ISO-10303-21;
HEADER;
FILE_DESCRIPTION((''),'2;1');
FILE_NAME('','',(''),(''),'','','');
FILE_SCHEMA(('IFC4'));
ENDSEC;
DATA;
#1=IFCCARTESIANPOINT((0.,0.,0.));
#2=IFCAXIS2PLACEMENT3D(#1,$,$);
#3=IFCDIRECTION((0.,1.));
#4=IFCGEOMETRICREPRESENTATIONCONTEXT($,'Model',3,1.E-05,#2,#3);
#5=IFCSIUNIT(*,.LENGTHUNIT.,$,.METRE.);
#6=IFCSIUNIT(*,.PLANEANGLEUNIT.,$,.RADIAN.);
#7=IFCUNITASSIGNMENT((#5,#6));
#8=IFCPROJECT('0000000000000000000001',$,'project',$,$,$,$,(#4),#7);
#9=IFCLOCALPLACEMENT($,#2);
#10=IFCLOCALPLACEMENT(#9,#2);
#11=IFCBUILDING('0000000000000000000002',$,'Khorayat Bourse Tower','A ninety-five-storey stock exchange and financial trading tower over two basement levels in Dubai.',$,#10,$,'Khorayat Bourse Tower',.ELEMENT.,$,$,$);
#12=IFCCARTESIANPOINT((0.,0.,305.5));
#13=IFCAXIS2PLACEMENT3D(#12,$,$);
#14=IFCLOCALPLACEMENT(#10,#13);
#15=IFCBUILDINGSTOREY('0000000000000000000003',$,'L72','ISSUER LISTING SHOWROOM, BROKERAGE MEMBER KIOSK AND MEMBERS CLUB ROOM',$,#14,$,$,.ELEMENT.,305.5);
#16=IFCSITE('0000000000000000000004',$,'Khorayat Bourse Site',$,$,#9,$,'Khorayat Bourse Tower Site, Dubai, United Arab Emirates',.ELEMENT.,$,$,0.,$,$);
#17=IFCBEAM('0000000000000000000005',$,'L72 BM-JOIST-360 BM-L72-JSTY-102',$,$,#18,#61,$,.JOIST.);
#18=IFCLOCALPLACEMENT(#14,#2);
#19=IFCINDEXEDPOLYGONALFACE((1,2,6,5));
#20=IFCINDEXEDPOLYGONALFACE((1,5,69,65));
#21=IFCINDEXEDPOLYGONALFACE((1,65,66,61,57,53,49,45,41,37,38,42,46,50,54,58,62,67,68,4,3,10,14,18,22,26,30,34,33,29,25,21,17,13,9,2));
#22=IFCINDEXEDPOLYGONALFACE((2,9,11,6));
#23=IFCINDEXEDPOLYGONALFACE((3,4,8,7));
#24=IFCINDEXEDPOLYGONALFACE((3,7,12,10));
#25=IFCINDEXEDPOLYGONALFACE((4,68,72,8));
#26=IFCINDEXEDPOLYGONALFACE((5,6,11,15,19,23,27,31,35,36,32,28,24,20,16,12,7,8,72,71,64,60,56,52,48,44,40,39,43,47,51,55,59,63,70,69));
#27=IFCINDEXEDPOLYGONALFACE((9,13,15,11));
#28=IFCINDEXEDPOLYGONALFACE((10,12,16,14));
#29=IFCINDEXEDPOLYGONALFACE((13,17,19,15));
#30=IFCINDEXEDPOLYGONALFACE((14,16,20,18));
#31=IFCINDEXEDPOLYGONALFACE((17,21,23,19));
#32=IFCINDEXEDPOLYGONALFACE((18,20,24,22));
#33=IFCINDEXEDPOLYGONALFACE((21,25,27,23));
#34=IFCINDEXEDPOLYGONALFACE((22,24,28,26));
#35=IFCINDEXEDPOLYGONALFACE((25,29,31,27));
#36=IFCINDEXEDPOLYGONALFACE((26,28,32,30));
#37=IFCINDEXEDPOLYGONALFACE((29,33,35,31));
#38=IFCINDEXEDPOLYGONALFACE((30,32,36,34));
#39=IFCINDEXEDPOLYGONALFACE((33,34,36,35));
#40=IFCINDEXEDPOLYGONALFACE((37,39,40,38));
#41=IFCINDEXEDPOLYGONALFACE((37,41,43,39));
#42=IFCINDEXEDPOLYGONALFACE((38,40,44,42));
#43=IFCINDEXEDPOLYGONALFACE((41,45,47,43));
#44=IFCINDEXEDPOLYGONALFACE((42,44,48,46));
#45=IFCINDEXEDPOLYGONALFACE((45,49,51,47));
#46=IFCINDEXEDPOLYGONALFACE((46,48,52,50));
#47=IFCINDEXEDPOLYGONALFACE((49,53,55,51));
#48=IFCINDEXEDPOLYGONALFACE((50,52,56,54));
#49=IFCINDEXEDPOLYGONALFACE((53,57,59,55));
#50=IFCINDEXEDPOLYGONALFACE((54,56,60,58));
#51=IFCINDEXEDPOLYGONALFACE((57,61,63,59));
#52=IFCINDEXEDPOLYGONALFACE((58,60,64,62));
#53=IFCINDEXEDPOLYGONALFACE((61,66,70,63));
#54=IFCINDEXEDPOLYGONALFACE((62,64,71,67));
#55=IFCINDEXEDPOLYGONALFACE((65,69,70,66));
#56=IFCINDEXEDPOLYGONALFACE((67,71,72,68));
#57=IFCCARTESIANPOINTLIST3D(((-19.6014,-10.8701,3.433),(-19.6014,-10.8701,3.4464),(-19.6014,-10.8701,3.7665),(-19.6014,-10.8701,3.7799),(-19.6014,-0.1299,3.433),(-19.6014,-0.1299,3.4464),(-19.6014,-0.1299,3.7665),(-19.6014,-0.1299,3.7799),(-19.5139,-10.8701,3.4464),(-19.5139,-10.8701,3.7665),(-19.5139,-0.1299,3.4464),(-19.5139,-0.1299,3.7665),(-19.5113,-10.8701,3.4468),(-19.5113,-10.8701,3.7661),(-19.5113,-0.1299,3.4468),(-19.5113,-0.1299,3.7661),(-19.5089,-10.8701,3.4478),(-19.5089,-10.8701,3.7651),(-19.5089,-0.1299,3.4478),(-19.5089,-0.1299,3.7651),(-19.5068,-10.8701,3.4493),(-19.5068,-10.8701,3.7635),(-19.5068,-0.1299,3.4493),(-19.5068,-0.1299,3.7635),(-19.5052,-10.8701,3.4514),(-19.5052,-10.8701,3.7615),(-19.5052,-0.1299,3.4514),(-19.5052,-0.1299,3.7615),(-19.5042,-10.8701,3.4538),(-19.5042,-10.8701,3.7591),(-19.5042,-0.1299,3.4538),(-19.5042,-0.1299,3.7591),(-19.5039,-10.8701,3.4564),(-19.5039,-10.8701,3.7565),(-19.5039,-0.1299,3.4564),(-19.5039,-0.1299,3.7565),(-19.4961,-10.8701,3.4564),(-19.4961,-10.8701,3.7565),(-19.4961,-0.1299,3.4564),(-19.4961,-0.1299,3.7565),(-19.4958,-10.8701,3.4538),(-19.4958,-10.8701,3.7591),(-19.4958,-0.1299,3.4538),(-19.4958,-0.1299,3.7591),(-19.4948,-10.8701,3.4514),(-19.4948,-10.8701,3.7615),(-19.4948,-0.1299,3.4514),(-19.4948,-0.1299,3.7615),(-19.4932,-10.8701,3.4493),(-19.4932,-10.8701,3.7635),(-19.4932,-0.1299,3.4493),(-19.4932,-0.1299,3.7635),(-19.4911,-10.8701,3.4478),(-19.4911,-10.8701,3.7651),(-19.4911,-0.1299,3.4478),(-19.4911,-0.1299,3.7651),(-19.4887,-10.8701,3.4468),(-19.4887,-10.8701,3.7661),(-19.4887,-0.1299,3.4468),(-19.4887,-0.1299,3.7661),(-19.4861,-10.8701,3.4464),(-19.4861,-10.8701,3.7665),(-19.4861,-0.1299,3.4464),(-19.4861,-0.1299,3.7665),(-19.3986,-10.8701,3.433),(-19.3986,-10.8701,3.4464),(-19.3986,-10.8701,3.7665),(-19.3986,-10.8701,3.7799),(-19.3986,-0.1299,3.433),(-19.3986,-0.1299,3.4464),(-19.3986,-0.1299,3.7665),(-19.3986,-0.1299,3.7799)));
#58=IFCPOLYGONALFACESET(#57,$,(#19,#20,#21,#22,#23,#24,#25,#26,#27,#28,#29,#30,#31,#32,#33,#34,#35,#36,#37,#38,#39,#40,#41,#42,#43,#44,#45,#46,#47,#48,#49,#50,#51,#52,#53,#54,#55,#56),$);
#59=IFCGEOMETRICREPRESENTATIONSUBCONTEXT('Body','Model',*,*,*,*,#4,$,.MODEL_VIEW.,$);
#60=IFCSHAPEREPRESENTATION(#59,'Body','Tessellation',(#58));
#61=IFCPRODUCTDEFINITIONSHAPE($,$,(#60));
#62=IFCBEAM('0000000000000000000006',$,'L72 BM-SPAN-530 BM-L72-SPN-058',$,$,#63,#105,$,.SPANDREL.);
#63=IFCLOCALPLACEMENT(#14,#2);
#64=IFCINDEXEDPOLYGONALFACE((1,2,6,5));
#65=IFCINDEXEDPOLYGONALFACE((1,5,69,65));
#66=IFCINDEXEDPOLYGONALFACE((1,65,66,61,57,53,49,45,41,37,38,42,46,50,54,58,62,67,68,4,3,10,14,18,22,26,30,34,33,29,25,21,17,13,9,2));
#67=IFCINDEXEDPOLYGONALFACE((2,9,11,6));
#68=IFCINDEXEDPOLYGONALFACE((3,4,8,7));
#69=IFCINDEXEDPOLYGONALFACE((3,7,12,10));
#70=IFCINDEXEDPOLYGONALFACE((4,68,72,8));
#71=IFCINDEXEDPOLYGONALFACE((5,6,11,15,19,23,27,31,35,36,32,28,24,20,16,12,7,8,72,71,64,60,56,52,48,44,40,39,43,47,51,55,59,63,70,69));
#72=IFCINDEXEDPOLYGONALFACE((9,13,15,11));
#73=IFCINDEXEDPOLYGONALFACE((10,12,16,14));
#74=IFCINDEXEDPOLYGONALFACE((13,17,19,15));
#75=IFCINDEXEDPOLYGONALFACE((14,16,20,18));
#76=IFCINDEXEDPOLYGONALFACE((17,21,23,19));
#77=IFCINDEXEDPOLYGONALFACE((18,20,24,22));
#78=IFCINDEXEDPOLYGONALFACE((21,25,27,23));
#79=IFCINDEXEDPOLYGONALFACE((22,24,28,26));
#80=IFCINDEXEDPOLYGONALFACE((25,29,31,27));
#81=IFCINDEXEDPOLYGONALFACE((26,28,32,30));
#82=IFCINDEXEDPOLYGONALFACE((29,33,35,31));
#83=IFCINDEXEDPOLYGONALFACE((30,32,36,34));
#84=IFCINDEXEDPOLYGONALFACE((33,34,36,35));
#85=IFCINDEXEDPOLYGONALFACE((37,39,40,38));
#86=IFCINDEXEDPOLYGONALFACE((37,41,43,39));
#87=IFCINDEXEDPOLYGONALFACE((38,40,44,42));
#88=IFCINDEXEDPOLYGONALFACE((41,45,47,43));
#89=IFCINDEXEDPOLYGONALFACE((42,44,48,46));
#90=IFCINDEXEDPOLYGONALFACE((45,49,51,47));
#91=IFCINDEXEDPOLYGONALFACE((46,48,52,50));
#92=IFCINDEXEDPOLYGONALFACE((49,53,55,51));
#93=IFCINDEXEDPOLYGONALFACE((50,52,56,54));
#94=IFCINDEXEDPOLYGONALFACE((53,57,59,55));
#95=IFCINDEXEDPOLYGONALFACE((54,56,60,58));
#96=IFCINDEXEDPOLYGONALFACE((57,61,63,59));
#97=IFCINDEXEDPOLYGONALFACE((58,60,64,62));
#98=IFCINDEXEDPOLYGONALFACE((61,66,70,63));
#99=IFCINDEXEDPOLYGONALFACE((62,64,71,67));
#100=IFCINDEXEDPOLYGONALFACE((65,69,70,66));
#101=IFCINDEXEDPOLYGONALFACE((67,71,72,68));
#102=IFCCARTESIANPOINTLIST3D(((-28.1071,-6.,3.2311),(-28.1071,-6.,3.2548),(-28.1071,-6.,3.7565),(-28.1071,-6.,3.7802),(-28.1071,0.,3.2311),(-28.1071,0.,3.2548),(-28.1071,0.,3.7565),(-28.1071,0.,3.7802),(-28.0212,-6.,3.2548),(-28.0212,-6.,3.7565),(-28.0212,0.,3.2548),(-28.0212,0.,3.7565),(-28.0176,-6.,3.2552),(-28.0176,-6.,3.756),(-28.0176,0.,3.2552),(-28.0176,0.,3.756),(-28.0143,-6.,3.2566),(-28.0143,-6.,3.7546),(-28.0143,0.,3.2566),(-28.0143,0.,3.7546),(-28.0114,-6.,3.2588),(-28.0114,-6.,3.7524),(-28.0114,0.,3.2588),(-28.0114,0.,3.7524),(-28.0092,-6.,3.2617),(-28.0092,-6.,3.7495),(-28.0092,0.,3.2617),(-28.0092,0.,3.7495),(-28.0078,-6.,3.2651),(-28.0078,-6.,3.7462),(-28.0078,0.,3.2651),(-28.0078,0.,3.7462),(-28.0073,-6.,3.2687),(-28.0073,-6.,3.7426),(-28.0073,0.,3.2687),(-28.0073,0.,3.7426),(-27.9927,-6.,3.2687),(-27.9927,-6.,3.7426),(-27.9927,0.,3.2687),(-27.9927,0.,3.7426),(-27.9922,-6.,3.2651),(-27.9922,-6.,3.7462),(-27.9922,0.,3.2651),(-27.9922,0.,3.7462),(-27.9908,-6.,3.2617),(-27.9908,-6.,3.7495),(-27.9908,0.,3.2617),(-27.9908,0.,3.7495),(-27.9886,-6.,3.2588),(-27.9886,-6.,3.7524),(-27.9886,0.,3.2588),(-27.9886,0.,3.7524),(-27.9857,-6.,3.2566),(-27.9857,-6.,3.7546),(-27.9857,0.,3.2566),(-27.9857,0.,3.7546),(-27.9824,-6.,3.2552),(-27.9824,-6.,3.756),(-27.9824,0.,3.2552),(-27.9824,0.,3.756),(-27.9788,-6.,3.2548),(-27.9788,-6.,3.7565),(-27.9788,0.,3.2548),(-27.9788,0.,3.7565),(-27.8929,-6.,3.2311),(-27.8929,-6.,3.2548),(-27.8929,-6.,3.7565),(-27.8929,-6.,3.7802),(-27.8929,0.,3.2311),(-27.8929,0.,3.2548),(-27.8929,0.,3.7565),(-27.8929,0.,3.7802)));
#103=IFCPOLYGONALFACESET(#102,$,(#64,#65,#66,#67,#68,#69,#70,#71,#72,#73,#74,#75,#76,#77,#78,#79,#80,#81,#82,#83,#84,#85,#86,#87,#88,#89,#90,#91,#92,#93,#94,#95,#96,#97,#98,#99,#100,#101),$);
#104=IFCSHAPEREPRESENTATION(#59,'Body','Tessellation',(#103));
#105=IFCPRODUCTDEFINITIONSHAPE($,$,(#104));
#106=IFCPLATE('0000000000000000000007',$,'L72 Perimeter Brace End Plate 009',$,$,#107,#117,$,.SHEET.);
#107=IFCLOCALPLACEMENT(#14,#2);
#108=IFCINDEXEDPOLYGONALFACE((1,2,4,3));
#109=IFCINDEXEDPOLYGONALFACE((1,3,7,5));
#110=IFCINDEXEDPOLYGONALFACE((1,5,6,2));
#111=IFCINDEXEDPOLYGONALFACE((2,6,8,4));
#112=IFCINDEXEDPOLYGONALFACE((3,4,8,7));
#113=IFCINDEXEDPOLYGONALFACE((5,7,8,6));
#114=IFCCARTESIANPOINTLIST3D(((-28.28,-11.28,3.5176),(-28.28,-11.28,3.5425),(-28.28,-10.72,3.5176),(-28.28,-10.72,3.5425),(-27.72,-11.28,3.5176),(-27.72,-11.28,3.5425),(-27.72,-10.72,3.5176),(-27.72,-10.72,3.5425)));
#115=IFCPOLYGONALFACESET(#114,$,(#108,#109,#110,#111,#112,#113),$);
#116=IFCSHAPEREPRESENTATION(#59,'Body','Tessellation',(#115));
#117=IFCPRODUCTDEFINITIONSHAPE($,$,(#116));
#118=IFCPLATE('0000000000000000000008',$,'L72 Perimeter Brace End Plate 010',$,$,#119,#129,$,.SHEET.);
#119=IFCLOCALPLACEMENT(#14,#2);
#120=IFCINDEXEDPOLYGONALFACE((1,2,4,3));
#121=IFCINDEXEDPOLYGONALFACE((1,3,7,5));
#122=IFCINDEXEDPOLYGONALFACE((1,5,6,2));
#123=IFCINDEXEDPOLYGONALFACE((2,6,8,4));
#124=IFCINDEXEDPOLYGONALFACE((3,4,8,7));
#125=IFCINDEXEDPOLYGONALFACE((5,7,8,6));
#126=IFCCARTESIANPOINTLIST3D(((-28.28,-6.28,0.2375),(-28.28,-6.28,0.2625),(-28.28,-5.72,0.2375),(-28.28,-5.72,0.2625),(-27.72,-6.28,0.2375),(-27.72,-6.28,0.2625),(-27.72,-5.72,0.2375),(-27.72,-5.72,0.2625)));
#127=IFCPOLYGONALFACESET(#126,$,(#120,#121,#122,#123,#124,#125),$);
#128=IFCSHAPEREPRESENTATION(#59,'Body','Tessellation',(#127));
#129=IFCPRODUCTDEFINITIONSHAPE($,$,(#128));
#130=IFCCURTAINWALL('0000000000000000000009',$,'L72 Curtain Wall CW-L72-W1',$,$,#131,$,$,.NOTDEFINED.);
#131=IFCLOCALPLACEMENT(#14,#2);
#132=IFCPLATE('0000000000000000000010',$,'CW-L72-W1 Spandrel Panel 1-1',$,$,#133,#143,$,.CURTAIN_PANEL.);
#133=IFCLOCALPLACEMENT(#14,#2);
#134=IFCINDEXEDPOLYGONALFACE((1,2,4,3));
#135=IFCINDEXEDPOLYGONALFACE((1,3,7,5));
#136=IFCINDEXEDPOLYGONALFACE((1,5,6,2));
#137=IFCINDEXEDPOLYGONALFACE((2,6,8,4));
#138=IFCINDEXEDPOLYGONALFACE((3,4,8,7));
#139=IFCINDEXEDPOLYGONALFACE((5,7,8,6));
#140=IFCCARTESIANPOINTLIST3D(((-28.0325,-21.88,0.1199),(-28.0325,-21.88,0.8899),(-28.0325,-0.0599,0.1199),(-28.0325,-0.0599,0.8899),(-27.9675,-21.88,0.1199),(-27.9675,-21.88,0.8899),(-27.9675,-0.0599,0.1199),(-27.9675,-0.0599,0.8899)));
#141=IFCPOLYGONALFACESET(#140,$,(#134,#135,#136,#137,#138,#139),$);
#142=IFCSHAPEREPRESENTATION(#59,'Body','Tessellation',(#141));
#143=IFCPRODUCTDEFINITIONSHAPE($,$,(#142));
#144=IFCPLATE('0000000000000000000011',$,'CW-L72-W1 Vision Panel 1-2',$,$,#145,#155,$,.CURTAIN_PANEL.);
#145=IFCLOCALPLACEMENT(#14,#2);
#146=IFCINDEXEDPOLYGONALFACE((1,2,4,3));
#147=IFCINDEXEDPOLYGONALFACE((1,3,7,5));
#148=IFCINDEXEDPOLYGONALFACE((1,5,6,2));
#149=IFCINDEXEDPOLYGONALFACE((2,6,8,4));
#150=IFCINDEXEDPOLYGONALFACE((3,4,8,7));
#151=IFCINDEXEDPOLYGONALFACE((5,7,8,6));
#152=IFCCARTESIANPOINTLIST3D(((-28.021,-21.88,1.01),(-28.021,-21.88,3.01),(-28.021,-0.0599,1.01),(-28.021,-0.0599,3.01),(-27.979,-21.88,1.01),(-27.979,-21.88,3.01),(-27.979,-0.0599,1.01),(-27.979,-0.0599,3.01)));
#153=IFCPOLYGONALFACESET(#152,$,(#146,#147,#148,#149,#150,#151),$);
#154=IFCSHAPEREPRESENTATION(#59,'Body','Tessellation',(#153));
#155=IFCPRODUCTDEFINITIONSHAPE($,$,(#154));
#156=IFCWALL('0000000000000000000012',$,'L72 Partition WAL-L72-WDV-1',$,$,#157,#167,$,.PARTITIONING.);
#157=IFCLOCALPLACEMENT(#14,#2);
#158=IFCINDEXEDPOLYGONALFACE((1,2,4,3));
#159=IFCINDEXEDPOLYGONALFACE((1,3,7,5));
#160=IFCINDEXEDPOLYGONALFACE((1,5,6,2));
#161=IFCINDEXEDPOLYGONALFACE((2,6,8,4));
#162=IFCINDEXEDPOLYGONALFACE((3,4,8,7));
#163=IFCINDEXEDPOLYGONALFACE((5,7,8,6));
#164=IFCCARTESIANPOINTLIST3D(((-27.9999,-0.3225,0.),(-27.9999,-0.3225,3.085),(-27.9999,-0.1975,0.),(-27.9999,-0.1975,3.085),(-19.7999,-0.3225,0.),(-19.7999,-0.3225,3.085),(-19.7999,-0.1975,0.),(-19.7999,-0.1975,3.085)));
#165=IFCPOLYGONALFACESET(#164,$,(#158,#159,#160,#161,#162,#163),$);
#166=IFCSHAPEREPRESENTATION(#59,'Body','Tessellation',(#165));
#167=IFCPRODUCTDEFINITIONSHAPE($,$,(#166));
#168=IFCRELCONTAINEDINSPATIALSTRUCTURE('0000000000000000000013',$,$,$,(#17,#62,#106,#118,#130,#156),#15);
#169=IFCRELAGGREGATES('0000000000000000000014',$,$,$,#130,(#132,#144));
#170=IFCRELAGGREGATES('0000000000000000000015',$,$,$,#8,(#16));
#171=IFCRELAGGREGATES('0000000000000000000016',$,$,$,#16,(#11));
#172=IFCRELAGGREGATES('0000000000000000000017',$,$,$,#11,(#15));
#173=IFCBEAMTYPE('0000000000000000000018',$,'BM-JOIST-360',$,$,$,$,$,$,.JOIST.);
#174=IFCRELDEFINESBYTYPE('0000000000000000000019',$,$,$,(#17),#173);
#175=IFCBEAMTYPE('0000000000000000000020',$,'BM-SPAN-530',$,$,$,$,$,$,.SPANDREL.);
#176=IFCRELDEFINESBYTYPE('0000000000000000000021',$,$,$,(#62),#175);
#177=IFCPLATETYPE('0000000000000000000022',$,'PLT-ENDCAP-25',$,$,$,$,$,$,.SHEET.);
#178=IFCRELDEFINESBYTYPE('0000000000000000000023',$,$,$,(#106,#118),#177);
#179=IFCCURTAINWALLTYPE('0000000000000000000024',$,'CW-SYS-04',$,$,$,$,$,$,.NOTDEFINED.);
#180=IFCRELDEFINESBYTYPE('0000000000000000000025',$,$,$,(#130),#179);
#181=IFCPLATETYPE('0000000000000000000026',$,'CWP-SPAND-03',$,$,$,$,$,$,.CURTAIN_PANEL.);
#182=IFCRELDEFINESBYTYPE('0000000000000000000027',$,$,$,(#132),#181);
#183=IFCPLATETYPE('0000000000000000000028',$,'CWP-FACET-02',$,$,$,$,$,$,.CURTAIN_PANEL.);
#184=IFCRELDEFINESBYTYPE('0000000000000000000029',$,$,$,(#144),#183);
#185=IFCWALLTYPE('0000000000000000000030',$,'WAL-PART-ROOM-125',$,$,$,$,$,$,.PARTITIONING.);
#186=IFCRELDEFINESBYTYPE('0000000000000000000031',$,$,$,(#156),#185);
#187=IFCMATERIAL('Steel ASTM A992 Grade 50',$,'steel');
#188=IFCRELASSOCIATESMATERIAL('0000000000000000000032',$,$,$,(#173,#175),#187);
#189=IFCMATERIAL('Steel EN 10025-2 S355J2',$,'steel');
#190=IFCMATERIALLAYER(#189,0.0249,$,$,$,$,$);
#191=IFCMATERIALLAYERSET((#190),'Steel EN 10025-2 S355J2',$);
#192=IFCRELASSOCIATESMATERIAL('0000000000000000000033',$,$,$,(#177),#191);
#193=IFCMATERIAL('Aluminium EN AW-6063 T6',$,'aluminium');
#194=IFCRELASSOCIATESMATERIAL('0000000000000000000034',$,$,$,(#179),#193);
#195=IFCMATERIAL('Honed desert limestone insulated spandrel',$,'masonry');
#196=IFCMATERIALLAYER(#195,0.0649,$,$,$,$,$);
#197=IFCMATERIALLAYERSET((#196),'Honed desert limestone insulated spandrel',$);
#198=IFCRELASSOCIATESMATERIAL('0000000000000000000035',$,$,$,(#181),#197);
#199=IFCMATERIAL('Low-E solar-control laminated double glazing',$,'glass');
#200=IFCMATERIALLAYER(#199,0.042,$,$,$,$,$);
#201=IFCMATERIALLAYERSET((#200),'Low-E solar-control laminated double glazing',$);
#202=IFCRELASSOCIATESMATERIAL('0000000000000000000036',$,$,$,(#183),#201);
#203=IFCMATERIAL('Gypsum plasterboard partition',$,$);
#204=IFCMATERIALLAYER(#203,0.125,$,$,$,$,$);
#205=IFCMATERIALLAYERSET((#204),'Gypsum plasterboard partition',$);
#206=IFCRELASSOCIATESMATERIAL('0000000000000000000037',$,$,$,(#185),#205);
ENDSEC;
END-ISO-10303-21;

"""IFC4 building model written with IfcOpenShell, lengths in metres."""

from ifc_helpers import new_model, si_unit, direction, frame, frame_2d, origin, origin_2d, place, context, subcontext, project, spatial, rectangle, i_section, extrude, source, transform, mapped, material, layer, layer_set, material_profile, profile_set, type_object, element, aggregate, save


model = new_model("IFC4")

# Units and contexts
model_context = context("Model", 3, precision=1e-05, world=origin(), true_north=direction((0.0, 1.0)))
body_context = subcontext(model_context, "Body", "Model", "MODEL_VIEW")
ifc_project = project(units=[si_unit("LENGTHUNIT", "METRE"), si_unit("PLANEANGLEUNIT", "RADIAN")], contexts=[model_context])

# Site, building, storey
site_placement = place(None, origin())
site = spatial("IfcSite", under=ifc_project, at=site_placement, Name="Khorayat Bourse Site", LongName="Khorayat Bourse Tower Site, Dubai, United Arab Emirates", CompositionType="ELEMENT", RefElevation=0.0)
building_placement = place(site_placement, origin())
building = spatial("IfcBuilding", under=site, at=building_placement, Name="Khorayat Bourse Tower", Description="A ninety-five-storey stock exchange and financial trading tower over two basement levels in Dubai.", LongName="Khorayat Bourse Tower", CompositionType="ELEMENT")
storey_placement = place(building_placement, frame((0.0, 0.0, 305.5)))
storey = spatial("IfcBuildingStorey", under=building, at=storey_placement, Name="L72", Description="ISSUER LISTING SHOWROOM, BROKERAGE MEMBER KIOSK AND MEMBERS CLUB ROOM", CompositionType="ELEMENT", Elevation=305.5)

# Beams
ifc_material_1 = material(Name="Steel ASTM A992 Grade 50", Category="steel")
ifc_material_profile_1 = material_profile(ifc_material_1, i_section(OverallWidth=0.2029, OverallDepth=0.3469, WebThickness=0.0078, FlangeThickness=0.0134, FilletRadius=0.01, at=origin_2d()), Name="W360X64")
ifc_profile_set_1 = profile_set([ifc_material_profile_1], Name="Steel ASTM A992 Grade 50")
beam_type_1 = type_object("IfcBeamType", Name="BM-JOIST-360", PredefinedType="JOIST", material=ifc_profile_set_1)
shared_shape_1 = source(origin(), body_context, "Body", "SweptSolid", [
    extrude(i_section(OverallWidth=0.2029, OverallDepth=0.3469, WebThickness=0.0078, FlangeThickness=0.0134, FilletRadius=0.01, at=origin_2d()), origin(), (0.0, 0.0, 1.0), 10.7402),
])
beam_1_placement = place(storey_placement, frame((-19.5, -10.8701, 3.6064), z_axis=(0.0, 1.0, 0.0), x_axis=(-1.0, 0.0, 0.0)))
element("IfcBeam", 1, at=beam_1_placement, inside=storey, type_object=beam_type_1, Name="L72 BM-JOIST-360 BM-L72-JSTY-102", PredefinedType="JOIST", context=body_context, shape_type="MappedRepresentation", body=[
    mapped(shared_shape_1, transform((0.0, 0.0, 0.0), scale=1.0)),
])
ifc_material_profile_2 = material_profile(ifc_material_1, i_section(OverallWidth=0.2141, OverallDepth=0.5491, WebThickness=0.0146, FlangeThickness=0.0237, FilletRadius=0.0139, at=origin_2d()), Name="W530X138")
ifc_profile_set_2 = profile_set([ifc_material_profile_2], Name="Steel ASTM A992 Grade 50")
beam_type_2 = type_object("IfcBeamType", Name="BM-SPAN-530", PredefinedType="SPANDREL", material=ifc_profile_set_2)
shared_shape_2 = source(origin(), body_context, "Body", "SweptSolid", [
    extrude(i_section(OverallWidth=0.2141, OverallDepth=0.5491, WebThickness=0.0146, FlangeThickness=0.0237, FilletRadius=0.0139, at=origin_2d()), origin(), (0.0, 0.0, 1.0), 6.0),
])
beam_2_placement = place(storey_placement, frame((-28.0, -6.0, 3.5056), z_axis=(0.0, 1.0, 0.0), x_axis=(-1.0, 0.0, 0.0)))
element("IfcBeam", 2, at=beam_2_placement, inside=storey, type_object=beam_type_2, Name="L72 BM-SPAN-530 BM-L72-SPN-058", PredefinedType="SPANDREL", context=body_context, shape_type="MappedRepresentation", body=[
    mapped(shared_shape_2, transform((0.0, 0.0, 0.0), scale=1.0)),
])

# Plates
ifc_material_2 = material(Name="Steel EN 10025-2 S355J2", Category="steel")
ifc_layer_1 = layer(ifc_material_2, 0.0249)
ifc_layer_set_1 = layer_set([ifc_layer_1], Name="Steel EN 10025-2 S355J2")
plate_type_1 = type_object("IfcPlateType", Name="PLT-ENDCAP-25", PredefinedType="SHEET", material=ifc_layer_set_1)
shared_shape_3 = source(origin(), body_context, "Body", "SweptSolid", [
    extrude(rectangle(XDim=0.5601, YDim=0.5601, at=origin_2d()), origin(), (0.0, 0.0, 1.0), 0.0249),
])
for number, where, z_axis, x_axis, name in (
    (3, (-28.0, -11.0, 3.5176), (0.0, 0.0, 1.0), (1.0, 0.0, 0.0), "L72 Perimeter Brace End Plate 009"),
    (4, (-28.0, -6.0, 0.2375), (0.0, 0.0, 1.0), (1.0, 0.0, 0.0), "L72 Perimeter Brace End Plate 010"),
):
    element("IfcPlate", number, at=place(storey_placement, frame(where, z_axis=z_axis, x_axis=x_axis)), inside=storey, type_object=plate_type_1, Name=name, PredefinedType="SHEET", context=body_context, shape_type="MappedRepresentation", body=[
        mapped(shared_shape_3, transform((0.0, 0.0, 0.0), scale=1.0)),
    ])

# Curtain wall, plates
ifc_material_3 = material(Name="Aluminium EN AW-6063 T6", Category="aluminium")
curtain_wall_type = type_object("IfcCurtainWallType", Name="CW-SYS-04", PredefinedType="NOTDEFINED", material=ifc_material_3)
curtain_wall_placement = place(storey_placement, origin())
curtain_wall = element("IfcCurtainWall", 5, at=curtain_wall_placement, inside=storey, type_object=curtain_wall_type, Name="L72 Curtain Wall CW-L72-W1", PredefinedType="NOTDEFINED")
ifc_material_4 = material(Name="Honed desert limestone insulated spandrel", Category="masonry")
ifc_layer_2 = layer(ifc_material_4, 0.0649)
ifc_layer_set_2 = layer_set([ifc_layer_2], Name="Honed desert limestone insulated spandrel")
plate_type_2 = type_object("IfcPlateType", Name="CWP-SPAND-03", PredefinedType="CURTAIN_PANEL", material=ifc_layer_set_2)
shared_shape_4 = source(origin(), body_context, "Body", "SweptSolid", [
    extrude(rectangle(XDim=21.8201, YDim=0.0649, at=origin_2d()), origin(), (0.0, 0.0, 1.0), 0.77),
])
plate_1_placement = place(storey_placement, frame((-28.0, -10.97, 0.1199), z_axis=(0.0, 0.0, 1.0), x_axis=(0.0, 1.0, 0.0)))
plate_1 = element("IfcPlate", 6, at=plate_1_placement, type_object=plate_type_2, Name="CW-L72-W1 Spandrel Panel 1-1", PredefinedType="CURTAIN_PANEL", context=body_context, shape_type="MappedRepresentation", body=[
    mapped(shared_shape_4, transform((0.0, 0.0, 0.0), scale=1.0)),
])
ifc_material_5 = material(Name="Low-E solar-control laminated double glazing", Category="glass")
ifc_layer_3 = layer(ifc_material_5, 0.042)
ifc_layer_set_3 = layer_set([ifc_layer_3], Name="Low-E solar-control laminated double glazing")
plate_type_3 = type_object("IfcPlateType", Name="CWP-FACET-02", PredefinedType="CURTAIN_PANEL", material=ifc_layer_set_3)
shared_shape_5 = source(origin(), body_context, "Body", "SweptSolid", [
    extrude(rectangle(XDim=21.8201, YDim=0.042, at=origin_2d()), origin(), (0.0, 0.0, 1.0), 2.0),
])
plate_2_placement = place(storey_placement, frame((-28.0, -10.97, 1.01), z_axis=(0.0, 0.0, 1.0), x_axis=(0.0, 1.0, 0.0)))
plate_2 = element("IfcPlate", 7, at=plate_2_placement, type_object=plate_type_3, Name="CW-L72-W1 Vision Panel 1-2", PredefinedType="CURTAIN_PANEL", context=body_context, shape_type="MappedRepresentation", body=[
    mapped(shared_shape_5, transform((0.0, 0.0, 0.0), scale=1.0)),
])
aggregate(curtain_wall, [plate_1, plate_2])

# Wall
ifc_material_6 = material(Name="Gypsum plasterboard partition")
ifc_layer_4 = layer(ifc_material_6, 0.125)
ifc_layer_set_4 = layer_set([ifc_layer_4], Name="Gypsum plasterboard partition")
wall_type = type_object("IfcWallType", Name="WAL-PART-ROOM-125", PredefinedType="PARTITIONING", material=ifc_layer_set_4)
shared_shape_6 = source(origin(), body_context, "Body", "SweptSolid", [
    extrude(rectangle(XDim=8.2, YDim=0.125, at=frame_2d((4.1001, 0.0))), origin(), (0.0, 0.0, 1.0), 3.085),
])
wall_placement = place(storey_placement, frame((-28.0, -0.26, 0.0), z_axis=(0.0, 0.0, 1.0), x_axis=(1.0, 0.0, 0.0)))
element("IfcWall", 8, at=wall_placement, inside=storey, type_object=wall_type, Name="L72 Partition WAL-L72-WDV-1", PredefinedType="PARTITIONING", context=body_context, shape_type="MappedRepresentation", body=[
    mapped(shared_shape_6, transform((0.0, 0.0, 0.0), scale=1.0)),
])

save(model, "model.ifc")
